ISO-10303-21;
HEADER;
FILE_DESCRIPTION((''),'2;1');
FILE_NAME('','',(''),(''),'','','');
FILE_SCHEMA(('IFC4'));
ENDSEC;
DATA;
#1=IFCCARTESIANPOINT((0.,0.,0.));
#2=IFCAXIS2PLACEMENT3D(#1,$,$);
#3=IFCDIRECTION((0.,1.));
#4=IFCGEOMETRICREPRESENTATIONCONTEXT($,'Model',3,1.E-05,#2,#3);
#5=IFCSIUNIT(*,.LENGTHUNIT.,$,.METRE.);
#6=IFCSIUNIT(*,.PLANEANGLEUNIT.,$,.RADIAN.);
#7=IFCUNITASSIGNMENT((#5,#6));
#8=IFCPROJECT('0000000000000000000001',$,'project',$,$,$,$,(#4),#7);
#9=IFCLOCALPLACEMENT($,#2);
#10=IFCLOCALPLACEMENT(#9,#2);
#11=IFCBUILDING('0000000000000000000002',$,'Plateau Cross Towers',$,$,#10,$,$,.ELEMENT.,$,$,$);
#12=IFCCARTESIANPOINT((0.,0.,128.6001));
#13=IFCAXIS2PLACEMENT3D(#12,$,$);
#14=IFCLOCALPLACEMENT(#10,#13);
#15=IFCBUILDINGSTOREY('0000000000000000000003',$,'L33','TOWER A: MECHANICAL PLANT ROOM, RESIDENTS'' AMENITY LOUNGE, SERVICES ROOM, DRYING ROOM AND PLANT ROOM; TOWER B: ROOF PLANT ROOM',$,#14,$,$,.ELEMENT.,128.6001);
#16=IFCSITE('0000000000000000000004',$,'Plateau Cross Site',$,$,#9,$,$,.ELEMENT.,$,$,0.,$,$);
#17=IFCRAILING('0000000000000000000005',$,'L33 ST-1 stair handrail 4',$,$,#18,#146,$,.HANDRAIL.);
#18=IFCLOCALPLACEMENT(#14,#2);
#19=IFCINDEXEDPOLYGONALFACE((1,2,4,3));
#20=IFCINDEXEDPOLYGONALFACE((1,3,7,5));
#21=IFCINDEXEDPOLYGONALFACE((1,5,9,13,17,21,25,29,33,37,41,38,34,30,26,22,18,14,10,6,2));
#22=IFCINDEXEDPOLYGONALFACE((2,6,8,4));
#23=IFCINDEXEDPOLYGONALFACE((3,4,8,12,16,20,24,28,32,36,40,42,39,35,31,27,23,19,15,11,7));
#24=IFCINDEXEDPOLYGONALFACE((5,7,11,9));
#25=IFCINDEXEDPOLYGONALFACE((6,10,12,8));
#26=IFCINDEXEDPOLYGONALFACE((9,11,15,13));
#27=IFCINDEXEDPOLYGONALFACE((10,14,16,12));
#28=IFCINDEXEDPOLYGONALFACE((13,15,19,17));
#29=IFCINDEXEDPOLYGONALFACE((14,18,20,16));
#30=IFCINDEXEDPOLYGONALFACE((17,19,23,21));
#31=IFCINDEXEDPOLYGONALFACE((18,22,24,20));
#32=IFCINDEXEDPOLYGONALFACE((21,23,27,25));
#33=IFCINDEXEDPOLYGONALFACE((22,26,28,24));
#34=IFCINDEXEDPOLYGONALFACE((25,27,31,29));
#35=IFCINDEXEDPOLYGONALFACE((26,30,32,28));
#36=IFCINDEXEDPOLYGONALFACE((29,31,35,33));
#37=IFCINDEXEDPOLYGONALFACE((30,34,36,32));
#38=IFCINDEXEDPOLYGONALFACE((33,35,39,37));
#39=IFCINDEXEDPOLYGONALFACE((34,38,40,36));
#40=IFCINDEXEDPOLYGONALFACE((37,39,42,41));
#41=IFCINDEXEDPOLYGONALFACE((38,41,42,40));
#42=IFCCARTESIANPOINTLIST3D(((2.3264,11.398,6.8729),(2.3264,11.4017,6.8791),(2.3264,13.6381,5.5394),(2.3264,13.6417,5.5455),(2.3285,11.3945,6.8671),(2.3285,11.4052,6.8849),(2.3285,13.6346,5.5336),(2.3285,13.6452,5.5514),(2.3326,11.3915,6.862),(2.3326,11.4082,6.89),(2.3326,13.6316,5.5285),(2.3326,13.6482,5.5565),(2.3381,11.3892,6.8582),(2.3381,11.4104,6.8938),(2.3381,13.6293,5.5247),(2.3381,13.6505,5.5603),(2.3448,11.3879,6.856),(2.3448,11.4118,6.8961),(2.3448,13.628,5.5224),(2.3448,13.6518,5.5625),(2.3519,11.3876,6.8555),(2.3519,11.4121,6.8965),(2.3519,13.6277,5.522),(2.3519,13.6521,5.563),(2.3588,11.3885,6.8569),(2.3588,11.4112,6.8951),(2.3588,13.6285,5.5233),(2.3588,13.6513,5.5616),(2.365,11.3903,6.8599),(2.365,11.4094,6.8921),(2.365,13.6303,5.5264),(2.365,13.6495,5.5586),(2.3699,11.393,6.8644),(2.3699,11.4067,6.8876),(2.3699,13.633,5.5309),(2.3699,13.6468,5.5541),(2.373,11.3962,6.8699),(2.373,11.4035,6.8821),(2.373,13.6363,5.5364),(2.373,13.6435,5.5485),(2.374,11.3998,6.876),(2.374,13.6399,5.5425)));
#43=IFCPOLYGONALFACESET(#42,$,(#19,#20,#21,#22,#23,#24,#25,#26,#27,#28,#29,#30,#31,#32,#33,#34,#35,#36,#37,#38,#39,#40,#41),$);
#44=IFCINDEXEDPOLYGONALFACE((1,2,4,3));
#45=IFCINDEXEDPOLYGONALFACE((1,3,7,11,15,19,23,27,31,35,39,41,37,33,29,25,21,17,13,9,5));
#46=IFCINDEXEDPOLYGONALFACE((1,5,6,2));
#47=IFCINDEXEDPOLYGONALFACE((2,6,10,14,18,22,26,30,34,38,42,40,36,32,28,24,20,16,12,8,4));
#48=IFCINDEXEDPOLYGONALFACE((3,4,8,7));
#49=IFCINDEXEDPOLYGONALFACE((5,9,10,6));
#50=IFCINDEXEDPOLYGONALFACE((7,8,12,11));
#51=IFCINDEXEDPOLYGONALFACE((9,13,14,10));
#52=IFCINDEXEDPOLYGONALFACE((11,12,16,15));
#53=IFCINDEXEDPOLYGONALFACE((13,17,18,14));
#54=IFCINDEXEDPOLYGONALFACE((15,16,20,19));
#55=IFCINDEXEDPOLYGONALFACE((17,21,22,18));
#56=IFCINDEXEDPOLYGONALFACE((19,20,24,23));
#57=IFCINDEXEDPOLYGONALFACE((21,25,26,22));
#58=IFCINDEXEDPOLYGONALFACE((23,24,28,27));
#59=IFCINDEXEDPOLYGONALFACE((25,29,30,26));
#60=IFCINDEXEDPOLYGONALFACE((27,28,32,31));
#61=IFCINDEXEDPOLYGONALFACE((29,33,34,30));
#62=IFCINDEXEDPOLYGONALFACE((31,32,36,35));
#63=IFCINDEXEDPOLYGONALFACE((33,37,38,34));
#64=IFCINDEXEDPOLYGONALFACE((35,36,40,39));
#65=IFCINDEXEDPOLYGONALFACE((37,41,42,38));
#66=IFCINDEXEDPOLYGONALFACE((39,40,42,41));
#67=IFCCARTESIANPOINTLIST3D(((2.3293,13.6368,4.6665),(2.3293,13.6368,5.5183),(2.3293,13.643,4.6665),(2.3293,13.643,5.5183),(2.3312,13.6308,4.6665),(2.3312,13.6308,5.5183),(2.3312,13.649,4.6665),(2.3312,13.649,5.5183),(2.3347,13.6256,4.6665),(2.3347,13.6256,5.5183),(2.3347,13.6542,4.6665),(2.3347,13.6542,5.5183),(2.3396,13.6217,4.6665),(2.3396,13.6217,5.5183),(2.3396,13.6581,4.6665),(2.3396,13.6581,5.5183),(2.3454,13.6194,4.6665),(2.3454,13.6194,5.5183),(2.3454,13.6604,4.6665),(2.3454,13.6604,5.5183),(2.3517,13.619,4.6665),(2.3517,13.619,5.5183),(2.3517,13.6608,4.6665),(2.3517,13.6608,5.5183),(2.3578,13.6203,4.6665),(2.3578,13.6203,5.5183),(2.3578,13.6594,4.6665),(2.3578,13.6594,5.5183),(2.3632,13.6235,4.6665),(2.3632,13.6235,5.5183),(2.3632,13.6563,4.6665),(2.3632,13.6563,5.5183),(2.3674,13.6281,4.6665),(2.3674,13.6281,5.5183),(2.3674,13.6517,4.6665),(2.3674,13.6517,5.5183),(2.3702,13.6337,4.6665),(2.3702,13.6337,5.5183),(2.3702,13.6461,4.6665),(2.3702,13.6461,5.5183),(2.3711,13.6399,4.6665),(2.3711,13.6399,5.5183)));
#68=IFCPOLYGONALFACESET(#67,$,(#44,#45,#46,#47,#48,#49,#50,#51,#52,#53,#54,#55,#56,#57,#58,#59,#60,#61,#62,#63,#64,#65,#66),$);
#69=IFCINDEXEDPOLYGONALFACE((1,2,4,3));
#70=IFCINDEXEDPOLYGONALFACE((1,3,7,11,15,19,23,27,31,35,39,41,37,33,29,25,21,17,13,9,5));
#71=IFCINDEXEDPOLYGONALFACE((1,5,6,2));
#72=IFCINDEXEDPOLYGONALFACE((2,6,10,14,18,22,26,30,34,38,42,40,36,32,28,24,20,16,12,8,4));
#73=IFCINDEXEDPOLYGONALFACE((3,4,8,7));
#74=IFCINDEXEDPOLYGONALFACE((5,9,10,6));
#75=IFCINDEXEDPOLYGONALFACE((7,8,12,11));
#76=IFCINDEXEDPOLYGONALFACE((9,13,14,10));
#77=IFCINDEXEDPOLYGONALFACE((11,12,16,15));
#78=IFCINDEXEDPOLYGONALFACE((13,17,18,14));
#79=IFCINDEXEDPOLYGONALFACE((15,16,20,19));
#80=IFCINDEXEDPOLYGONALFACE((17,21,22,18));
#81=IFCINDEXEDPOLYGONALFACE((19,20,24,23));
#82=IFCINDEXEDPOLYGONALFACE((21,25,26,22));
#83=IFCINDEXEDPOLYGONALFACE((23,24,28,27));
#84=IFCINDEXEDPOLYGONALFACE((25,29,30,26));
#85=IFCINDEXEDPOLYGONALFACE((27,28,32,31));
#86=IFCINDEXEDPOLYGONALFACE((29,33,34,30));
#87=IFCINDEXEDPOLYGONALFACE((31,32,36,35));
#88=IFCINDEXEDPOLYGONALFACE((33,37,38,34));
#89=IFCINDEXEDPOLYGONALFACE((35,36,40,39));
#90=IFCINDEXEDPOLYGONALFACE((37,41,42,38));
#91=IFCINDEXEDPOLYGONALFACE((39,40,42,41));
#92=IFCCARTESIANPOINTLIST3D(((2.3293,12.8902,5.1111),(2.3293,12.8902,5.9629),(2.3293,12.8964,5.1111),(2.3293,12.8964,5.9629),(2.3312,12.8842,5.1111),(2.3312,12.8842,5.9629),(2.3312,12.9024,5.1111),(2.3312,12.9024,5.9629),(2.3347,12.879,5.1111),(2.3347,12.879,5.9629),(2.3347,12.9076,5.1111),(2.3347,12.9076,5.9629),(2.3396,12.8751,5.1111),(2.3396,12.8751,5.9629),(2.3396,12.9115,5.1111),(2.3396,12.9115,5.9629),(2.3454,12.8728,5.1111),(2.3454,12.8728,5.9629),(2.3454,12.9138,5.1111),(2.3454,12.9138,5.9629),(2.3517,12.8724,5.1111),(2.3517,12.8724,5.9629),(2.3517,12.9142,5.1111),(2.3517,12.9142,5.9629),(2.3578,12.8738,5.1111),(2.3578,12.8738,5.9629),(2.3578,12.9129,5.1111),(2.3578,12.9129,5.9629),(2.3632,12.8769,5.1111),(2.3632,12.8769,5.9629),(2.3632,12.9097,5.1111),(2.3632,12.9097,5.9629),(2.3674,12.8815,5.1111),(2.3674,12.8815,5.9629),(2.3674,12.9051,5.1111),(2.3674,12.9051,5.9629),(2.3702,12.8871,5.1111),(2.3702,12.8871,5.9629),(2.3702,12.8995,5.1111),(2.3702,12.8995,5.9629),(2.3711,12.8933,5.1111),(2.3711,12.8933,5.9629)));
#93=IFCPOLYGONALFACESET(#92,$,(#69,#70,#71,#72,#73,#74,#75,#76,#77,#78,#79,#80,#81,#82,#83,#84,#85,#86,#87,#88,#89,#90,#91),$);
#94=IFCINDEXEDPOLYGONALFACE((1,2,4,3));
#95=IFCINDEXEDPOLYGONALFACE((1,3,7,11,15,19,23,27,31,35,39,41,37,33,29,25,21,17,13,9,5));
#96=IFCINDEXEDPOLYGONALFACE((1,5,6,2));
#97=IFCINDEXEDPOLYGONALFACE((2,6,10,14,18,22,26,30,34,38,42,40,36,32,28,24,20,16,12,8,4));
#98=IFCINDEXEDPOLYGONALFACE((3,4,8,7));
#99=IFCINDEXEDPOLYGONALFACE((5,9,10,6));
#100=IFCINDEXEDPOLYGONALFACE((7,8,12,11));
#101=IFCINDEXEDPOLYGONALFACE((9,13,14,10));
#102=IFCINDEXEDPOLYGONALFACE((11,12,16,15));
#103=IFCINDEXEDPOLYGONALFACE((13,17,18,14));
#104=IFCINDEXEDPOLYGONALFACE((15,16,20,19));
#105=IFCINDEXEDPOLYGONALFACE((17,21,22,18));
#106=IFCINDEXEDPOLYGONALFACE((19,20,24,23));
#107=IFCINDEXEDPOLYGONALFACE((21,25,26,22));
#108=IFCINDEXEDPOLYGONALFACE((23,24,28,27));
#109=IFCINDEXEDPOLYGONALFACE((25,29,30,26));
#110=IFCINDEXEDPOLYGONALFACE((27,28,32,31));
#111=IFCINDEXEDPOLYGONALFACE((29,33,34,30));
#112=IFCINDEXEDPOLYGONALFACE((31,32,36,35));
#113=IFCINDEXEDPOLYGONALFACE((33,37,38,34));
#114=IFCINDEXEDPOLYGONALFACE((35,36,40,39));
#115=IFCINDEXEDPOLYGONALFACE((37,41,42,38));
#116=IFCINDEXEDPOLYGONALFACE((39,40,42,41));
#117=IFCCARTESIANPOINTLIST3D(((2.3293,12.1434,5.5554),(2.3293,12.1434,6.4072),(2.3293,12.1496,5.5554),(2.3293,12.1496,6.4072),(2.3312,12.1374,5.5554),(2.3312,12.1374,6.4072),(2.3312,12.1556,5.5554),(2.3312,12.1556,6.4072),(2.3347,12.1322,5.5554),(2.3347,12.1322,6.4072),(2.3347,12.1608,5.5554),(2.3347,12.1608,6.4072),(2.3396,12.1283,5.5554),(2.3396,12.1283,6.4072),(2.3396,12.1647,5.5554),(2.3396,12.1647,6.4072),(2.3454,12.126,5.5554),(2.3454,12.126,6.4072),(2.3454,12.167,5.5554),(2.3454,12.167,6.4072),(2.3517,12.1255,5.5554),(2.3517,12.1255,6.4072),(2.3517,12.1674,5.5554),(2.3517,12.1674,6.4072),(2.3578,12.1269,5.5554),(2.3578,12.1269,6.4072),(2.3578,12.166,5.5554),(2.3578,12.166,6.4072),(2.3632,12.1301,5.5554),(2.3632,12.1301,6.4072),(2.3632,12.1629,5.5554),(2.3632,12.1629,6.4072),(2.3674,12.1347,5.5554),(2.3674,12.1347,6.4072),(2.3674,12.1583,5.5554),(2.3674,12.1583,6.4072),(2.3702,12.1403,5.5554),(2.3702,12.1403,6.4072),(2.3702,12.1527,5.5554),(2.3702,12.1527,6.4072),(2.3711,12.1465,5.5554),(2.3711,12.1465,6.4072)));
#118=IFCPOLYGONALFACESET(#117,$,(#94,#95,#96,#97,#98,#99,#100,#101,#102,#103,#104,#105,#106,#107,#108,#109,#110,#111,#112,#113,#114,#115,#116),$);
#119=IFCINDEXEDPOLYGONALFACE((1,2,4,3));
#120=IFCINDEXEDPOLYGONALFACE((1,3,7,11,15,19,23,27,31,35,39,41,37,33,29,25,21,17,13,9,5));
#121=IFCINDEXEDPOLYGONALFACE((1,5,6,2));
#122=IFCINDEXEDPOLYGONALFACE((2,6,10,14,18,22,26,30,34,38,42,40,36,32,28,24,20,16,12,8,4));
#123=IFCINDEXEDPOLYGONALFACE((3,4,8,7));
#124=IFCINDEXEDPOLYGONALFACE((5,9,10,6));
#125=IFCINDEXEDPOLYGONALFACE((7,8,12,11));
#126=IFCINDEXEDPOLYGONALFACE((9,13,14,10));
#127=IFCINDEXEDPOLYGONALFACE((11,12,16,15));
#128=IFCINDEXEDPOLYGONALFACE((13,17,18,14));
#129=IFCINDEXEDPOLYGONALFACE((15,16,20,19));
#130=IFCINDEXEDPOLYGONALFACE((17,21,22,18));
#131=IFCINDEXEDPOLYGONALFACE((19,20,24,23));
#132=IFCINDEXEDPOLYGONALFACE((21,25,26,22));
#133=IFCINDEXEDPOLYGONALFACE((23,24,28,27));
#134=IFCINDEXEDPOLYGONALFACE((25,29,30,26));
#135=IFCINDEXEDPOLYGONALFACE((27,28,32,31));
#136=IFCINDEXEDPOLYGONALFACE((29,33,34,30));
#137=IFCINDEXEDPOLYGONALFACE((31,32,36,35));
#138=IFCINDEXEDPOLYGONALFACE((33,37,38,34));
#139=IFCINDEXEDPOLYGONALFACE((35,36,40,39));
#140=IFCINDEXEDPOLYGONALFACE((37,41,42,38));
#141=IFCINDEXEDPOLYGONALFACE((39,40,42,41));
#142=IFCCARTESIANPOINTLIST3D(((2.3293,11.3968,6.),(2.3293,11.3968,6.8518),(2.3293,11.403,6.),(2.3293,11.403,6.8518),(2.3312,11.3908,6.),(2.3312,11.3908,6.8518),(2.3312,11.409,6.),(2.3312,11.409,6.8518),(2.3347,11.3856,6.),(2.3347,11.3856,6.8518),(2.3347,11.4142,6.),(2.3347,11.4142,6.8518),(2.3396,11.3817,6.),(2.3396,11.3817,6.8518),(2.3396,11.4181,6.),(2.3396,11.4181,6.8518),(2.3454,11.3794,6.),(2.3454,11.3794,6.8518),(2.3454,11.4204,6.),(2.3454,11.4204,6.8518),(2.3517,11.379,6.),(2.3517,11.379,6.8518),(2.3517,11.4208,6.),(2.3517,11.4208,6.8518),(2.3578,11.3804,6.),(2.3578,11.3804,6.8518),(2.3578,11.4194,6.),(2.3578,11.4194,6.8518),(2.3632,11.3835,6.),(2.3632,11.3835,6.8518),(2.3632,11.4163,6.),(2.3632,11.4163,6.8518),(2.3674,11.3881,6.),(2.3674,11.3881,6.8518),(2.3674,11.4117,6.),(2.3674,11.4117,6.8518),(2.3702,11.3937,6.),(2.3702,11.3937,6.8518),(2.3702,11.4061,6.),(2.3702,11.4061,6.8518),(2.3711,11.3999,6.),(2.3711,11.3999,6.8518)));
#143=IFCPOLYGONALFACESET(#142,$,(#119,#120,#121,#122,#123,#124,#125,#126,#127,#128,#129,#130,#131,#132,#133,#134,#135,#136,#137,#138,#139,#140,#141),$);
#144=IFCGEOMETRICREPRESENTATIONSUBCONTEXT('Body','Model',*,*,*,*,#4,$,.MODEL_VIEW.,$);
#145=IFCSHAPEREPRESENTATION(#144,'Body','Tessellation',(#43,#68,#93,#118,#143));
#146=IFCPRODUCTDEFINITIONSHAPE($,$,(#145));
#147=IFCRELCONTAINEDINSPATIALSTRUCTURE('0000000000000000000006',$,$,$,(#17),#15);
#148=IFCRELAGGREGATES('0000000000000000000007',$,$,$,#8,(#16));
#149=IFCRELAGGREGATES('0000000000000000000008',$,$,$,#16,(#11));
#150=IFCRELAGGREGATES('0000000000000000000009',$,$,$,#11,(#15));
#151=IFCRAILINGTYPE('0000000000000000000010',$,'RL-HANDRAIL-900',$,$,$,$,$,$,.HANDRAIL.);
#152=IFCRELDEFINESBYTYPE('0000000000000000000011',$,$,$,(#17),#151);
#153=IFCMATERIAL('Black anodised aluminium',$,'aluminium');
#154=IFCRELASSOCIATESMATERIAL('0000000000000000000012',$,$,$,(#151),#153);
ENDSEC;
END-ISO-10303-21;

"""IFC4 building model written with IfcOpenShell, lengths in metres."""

from ifc_helpers import new_model, si_unit, direction, frame, origin, origin_2d, place, context, subcontext, project, spatial, circle, extrude, material, type_object, element, save


model = new_model("IFC4")

# Units and contexts
model_context = context("Model", 3, precision=1e-05, world=origin(), true_north=direction((0.0, 1.0)))
body_context = subcontext(model_context, "Body", "Model", "MODEL_VIEW")
ifc_project = project(units=[si_unit("LENGTHUNIT", "METRE"), si_unit("PLANEANGLEUNIT", "RADIAN")], contexts=[model_context])

# Site, building, storey
site_placement = place(None, origin())
site = spatial("IfcSite", under=ifc_project, at=site_placement, Name="Plateau Cross Site", CompositionType="ELEMENT", RefElevation=0.0)
building_placement = place(site_placement, origin())
building = spatial("IfcBuilding", under=site, at=building_placement, Name="Plateau Cross Towers", CompositionType="ELEMENT")
storey_placement = place(building_placement, frame((0.0, 0.0, 128.6001)))
storey = spatial("IfcBuildingStorey", under=building, at=storey_placement, Name="L33", Description="TOWER A: MECHANICAL PLANT ROOM, RESIDENTS' AMENITY LOUNGE, SERVICES ROOM, DRYING ROOM AND PLANT ROOM; TOWER B: ROOF PLANT ROOM", CompositionType="ELEMENT", Elevation=128.6001)

# Shared definitions
ifc_material_1 = material(Name="Black anodised aluminium", Category="aluminium")

# Railing
railing_type_1 = type_object("IfcRailingType", Name="RL-HANDRAIL-900", PredefinedType="HANDRAIL", material=ifc_material_1)
for number, where, name in (
    (1, (2.3501, 13.6399, 4.6665), "L33 ST-1 stair handrail 4"),
):
    element("IfcRailing", number, at=place(storey_placement, frame(where)), inside=storey, type_object=railing_type_1, Name=name, PredefinedType="HANDRAIL", context=body_context, shape_type="SweptSolid", body=[
        extrude(circle(Radius=0.0239, at=origin_2d()), frame((0.0, 0.0, 0.876), z_axis=(0.0, -0.859264, 0.511532), x_axis=(1.0, 0.0, 0.0)), (0.0, 0.0, 1.0), 2.6069),
        extrude(circle(Radius=0.021, at=origin_2d()), origin(), (0.0, 0.0, 1.0), 0.8518),
        extrude(circle(Radius=0.021, at=origin_2d()), frame((0.0, -0.7466, 0.4446)), (0.0, 0.0, 1.0), 0.8518),
        extrude(circle(Radius=0.021, at=origin_2d()), frame((0.0, -1.4934, 0.8889)), (0.0, 0.0, 1.0), 0.8518),
        extrude(circle(Radius=0.021, at=origin_2d()), frame((0.0, -2.24, 1.3335)), (0.0, 0.0, 1.0), 0.8518),
    ])

save(model, "model.ifc")
